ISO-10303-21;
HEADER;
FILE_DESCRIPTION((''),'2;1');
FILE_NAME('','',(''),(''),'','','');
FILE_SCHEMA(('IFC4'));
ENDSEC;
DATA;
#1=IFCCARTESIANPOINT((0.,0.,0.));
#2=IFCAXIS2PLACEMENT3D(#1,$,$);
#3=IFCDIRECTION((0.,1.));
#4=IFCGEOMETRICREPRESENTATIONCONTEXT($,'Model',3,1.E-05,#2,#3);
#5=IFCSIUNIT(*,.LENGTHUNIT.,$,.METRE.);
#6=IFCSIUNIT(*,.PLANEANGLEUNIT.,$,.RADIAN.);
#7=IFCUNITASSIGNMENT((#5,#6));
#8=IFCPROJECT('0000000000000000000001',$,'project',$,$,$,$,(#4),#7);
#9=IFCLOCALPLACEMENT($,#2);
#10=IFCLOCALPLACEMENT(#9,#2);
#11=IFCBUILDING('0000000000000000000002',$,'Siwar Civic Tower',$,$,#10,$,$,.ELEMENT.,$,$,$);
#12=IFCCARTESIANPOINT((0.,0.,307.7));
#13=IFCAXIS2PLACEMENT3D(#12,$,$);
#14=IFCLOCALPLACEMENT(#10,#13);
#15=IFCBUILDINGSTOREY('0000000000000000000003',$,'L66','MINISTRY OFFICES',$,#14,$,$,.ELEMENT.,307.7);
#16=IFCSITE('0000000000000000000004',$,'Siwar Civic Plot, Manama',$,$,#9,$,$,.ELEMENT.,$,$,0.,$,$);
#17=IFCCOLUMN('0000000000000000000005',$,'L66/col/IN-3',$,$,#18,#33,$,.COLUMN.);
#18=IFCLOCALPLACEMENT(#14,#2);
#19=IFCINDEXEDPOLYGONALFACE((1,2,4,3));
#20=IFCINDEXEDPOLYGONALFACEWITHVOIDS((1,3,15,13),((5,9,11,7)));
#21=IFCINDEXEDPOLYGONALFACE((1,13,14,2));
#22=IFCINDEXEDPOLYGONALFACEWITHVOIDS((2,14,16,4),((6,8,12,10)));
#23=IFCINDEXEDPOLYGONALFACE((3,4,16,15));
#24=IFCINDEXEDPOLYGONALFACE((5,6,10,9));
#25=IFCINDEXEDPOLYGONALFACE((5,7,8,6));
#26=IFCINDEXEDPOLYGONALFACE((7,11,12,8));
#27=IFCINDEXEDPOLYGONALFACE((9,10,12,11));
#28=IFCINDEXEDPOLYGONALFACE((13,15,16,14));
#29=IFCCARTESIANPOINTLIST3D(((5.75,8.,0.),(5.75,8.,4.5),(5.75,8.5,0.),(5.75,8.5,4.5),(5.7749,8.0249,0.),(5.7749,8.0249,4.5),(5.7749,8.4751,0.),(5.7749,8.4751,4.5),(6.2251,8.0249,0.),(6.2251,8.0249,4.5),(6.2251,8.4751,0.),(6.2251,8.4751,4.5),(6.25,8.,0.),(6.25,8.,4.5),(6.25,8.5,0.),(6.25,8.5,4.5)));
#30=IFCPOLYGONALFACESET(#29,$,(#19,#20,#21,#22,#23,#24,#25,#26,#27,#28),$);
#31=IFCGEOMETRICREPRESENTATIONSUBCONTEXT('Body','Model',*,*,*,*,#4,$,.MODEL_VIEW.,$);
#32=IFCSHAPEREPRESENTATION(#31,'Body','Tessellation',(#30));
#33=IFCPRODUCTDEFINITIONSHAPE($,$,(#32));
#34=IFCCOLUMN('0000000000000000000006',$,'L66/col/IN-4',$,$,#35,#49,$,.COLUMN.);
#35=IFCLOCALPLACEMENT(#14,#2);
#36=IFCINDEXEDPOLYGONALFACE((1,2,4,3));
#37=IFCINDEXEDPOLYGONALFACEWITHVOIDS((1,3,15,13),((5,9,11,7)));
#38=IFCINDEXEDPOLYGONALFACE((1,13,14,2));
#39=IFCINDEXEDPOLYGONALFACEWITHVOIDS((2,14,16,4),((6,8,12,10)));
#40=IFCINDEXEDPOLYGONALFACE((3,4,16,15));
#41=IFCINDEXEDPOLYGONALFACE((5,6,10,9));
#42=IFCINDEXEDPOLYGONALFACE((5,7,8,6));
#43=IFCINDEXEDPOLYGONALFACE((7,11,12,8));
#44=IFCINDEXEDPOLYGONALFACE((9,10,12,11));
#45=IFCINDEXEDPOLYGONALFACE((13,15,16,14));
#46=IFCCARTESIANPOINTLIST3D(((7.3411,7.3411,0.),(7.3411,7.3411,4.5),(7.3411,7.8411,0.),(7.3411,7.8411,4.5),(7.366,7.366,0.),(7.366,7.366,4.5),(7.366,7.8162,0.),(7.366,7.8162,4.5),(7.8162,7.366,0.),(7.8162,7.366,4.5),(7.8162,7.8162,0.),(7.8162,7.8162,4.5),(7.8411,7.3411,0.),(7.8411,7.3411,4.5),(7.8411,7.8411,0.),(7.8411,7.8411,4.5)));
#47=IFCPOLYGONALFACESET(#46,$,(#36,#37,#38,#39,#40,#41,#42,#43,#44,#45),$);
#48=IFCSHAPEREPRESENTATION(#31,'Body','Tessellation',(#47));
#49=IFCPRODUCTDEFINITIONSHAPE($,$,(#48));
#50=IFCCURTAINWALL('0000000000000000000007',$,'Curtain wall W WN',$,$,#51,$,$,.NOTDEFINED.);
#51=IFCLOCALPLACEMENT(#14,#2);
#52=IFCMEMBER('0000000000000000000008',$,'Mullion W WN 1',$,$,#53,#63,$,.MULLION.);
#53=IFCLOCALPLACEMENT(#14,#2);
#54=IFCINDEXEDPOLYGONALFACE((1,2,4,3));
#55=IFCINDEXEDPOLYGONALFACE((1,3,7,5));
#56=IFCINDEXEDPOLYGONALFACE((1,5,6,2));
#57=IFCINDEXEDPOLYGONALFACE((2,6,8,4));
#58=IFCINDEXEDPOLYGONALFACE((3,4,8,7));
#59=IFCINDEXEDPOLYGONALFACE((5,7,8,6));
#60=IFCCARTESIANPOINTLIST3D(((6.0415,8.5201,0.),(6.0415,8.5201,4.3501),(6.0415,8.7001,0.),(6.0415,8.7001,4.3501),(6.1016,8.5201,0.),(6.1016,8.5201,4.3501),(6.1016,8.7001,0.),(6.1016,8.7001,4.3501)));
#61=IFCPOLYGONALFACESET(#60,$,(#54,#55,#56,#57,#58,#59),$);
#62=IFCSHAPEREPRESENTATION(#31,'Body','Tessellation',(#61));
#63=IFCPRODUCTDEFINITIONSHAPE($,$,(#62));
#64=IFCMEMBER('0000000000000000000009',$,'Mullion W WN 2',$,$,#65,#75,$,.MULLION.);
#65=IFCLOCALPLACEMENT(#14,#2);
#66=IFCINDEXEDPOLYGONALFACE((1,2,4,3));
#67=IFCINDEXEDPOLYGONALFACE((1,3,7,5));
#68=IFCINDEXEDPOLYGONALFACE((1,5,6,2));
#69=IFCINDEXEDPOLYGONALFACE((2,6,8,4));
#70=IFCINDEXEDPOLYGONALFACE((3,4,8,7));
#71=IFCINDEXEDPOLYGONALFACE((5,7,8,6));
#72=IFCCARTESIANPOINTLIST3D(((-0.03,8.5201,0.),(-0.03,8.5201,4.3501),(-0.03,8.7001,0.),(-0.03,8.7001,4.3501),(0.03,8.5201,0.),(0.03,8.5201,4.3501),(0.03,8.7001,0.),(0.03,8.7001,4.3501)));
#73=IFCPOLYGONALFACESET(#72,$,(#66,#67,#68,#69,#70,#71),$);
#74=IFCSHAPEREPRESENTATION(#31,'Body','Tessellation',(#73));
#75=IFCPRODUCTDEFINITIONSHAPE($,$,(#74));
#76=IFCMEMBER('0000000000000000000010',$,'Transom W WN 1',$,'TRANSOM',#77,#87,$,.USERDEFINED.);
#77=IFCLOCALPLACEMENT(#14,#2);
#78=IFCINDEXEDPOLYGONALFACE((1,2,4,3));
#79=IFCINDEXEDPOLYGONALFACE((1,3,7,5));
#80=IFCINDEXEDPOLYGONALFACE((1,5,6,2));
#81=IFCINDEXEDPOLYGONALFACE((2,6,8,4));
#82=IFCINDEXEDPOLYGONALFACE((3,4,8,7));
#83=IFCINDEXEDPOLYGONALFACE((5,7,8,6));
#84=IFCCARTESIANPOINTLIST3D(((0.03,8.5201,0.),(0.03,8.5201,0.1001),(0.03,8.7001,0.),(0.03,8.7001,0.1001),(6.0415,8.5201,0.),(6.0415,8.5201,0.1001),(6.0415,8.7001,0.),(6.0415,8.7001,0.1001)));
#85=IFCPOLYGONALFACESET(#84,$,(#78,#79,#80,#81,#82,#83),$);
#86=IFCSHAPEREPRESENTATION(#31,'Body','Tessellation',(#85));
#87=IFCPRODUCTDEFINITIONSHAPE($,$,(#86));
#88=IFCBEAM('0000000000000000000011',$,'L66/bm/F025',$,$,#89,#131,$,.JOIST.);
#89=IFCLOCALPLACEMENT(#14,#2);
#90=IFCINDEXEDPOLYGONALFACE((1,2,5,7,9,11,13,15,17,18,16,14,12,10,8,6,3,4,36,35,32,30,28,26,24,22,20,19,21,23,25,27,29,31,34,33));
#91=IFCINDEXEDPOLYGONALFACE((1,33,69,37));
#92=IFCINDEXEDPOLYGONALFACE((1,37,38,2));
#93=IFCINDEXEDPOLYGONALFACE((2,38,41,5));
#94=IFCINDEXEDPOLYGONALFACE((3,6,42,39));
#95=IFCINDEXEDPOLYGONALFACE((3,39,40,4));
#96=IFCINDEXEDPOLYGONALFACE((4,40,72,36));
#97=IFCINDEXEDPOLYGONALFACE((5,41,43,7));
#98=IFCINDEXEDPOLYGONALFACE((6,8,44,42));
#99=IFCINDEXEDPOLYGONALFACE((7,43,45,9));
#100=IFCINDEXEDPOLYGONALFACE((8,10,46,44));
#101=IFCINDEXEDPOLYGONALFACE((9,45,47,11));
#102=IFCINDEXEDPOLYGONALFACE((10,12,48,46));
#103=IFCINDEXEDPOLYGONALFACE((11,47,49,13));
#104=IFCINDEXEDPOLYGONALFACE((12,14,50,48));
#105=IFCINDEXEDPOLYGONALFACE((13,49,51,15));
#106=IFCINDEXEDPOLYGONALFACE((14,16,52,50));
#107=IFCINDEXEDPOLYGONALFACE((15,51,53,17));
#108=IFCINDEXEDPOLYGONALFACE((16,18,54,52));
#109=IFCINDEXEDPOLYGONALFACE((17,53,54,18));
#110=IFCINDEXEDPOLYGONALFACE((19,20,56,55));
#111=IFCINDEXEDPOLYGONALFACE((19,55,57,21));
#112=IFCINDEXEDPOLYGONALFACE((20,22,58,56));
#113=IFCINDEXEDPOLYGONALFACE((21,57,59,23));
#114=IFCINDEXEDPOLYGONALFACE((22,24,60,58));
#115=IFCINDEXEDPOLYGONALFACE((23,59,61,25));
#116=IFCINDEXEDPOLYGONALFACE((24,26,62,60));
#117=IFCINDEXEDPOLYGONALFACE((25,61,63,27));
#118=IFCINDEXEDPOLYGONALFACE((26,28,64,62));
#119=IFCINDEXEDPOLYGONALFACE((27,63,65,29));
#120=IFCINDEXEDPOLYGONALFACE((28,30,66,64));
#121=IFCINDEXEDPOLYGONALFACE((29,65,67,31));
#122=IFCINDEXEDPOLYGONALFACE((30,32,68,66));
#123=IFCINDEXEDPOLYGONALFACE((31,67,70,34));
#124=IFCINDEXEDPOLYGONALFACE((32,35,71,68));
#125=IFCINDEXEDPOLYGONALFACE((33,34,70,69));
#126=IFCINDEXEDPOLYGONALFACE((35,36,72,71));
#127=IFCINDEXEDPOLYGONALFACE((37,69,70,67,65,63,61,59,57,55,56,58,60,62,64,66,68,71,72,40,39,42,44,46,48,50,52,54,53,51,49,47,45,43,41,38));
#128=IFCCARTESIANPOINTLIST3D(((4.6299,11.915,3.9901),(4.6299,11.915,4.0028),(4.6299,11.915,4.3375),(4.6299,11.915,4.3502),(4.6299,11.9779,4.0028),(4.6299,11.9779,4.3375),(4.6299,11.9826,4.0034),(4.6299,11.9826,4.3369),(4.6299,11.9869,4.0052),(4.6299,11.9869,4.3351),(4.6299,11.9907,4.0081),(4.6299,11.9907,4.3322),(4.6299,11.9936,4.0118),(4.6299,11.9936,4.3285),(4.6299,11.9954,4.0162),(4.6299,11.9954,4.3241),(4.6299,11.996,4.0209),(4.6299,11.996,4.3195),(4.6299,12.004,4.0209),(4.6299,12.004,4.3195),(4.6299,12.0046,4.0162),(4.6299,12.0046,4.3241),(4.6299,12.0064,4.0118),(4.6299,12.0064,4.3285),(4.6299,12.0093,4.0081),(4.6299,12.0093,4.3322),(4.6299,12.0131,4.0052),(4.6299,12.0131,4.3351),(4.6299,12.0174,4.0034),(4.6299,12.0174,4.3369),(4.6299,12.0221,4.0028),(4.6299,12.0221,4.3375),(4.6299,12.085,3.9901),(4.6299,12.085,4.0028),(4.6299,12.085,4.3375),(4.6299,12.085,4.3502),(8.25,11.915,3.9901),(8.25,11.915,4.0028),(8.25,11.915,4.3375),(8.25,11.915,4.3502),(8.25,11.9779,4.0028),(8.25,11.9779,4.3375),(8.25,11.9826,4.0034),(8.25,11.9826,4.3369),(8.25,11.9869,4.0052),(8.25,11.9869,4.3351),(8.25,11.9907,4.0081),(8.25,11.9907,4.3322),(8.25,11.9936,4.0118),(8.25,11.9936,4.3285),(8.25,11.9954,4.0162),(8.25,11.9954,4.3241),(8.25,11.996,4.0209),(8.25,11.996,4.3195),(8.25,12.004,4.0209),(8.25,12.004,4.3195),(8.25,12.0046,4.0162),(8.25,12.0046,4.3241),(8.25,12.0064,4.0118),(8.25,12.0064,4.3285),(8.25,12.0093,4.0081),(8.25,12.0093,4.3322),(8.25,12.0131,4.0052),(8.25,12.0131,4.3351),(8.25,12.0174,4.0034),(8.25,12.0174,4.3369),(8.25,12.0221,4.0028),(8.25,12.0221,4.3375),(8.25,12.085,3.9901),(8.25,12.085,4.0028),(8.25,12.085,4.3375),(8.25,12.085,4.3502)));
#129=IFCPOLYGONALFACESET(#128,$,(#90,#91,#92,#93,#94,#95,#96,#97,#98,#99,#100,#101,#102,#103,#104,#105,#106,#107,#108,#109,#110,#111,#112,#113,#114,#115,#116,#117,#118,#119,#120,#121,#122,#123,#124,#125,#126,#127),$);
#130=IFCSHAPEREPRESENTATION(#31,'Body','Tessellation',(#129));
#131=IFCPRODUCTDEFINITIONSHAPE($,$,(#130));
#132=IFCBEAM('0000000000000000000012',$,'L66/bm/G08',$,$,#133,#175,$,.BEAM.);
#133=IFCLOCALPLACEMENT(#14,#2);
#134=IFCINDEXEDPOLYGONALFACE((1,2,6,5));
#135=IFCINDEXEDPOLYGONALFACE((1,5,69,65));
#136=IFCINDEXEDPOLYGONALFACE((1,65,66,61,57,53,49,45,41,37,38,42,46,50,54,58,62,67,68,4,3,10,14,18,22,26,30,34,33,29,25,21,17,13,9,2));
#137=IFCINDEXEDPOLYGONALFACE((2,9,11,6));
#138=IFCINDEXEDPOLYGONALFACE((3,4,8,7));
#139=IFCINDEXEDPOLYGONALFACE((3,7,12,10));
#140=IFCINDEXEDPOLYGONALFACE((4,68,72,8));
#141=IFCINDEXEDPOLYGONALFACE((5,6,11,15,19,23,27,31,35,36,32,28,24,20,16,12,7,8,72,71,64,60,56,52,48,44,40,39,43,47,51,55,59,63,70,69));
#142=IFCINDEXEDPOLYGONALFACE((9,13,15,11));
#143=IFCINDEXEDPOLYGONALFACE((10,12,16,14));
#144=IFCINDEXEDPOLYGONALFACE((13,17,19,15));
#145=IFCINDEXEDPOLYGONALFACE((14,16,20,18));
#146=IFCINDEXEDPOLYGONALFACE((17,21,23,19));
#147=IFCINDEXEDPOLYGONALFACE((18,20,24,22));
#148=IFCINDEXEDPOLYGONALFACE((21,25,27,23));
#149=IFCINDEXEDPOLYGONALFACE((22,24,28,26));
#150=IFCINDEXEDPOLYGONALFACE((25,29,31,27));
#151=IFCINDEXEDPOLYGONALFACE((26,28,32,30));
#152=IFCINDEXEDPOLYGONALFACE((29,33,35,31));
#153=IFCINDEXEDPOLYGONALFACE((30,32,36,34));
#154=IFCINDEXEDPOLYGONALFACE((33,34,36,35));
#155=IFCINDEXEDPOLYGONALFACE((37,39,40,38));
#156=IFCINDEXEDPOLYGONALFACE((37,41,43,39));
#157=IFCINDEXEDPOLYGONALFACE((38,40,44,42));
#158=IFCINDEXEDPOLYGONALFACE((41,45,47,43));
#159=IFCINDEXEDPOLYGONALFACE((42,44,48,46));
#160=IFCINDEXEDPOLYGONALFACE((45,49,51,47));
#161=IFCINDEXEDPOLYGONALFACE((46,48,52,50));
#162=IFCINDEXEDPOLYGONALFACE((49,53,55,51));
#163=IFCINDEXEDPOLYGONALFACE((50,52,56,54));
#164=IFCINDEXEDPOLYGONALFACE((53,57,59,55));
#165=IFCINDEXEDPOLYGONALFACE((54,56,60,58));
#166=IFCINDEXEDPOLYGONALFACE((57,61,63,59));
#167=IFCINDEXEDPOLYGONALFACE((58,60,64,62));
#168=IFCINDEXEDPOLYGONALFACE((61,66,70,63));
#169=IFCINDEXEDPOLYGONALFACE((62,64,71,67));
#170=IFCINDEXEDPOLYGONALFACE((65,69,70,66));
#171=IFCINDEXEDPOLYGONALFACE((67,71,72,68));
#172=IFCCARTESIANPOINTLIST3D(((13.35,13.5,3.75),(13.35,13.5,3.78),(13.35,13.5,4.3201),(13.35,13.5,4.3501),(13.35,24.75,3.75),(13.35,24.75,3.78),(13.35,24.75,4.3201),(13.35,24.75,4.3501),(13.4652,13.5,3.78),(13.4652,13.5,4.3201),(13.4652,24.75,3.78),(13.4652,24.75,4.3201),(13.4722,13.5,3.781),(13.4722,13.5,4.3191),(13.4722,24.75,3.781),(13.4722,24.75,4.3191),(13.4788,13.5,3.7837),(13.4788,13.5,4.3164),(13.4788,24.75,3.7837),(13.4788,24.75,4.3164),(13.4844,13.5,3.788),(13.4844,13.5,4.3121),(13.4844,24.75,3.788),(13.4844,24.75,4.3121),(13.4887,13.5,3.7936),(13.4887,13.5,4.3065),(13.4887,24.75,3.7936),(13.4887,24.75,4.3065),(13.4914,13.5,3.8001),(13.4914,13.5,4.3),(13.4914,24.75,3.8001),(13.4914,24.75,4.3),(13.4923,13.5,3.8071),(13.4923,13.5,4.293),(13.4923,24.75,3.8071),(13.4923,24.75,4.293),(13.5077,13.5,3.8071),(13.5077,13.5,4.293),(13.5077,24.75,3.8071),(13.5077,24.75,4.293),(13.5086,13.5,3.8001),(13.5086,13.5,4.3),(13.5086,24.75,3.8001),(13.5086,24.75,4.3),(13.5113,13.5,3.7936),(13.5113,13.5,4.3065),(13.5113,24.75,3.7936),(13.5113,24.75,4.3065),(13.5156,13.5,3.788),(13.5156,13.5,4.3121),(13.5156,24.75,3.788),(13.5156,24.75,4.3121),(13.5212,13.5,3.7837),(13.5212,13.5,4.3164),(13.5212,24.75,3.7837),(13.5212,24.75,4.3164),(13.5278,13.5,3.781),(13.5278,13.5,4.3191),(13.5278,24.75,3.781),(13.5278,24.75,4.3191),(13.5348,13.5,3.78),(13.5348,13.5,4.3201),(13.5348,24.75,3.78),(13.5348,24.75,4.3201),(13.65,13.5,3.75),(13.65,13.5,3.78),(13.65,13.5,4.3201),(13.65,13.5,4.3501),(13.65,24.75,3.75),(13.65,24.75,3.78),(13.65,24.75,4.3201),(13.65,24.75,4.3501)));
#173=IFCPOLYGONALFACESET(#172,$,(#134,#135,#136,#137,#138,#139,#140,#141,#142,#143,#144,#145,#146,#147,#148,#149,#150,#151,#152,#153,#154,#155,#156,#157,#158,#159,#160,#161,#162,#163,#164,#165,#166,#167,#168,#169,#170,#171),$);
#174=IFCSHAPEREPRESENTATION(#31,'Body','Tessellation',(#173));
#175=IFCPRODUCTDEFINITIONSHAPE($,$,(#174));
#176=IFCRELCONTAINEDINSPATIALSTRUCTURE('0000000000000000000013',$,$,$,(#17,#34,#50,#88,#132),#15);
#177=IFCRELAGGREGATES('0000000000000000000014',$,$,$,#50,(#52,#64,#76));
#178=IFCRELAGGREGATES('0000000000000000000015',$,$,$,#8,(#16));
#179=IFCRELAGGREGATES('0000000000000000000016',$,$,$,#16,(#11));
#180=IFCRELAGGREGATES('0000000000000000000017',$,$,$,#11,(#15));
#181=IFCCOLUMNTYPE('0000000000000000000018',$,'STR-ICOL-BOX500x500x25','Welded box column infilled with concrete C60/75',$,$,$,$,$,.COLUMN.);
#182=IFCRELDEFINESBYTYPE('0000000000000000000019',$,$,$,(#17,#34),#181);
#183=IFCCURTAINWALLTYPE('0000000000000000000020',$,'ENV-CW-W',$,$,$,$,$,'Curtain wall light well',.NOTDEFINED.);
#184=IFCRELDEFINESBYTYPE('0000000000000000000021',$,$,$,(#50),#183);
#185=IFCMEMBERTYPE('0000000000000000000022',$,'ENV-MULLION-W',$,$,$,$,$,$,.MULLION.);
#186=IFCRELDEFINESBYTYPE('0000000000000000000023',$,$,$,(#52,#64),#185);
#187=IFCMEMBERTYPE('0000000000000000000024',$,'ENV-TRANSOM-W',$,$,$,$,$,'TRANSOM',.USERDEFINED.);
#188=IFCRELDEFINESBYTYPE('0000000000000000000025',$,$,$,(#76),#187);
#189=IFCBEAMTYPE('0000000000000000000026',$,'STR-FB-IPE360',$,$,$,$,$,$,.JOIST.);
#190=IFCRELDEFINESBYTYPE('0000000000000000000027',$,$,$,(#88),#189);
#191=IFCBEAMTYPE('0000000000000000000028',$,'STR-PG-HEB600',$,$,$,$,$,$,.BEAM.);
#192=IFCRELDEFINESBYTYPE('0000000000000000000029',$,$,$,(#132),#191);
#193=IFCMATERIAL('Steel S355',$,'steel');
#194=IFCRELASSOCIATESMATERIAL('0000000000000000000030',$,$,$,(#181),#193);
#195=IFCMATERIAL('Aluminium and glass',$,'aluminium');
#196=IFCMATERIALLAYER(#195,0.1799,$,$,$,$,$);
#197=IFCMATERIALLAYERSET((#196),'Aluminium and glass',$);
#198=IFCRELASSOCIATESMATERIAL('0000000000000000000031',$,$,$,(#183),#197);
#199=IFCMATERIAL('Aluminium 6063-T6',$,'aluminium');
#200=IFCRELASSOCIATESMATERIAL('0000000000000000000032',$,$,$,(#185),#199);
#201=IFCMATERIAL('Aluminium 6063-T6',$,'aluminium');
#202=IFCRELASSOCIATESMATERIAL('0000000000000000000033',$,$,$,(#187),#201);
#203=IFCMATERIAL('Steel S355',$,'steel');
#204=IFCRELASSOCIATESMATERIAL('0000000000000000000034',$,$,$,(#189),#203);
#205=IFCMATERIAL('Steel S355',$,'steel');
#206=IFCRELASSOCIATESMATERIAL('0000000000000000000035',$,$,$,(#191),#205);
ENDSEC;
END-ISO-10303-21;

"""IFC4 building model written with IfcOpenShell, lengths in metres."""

from ifc_helpers import new_model, si_unit, direction, frame, origin, origin_2d, place, context, subcontext, project, spatial, rectangle, hollow_rectangle, i_section, extrude, material, layer, layer_set, material_profile, profile_set, type_object, element, aggregate, save


model = new_model("IFC4")

# Units and contexts
model_context = context("Model", 3, precision=1e-05, world=origin(), true_north=direction((0.0, 1.0)))
body_context = subcontext(model_context, "Body", "Model", "MODEL_VIEW")
ifc_project = project(units=[si_unit("LENGTHUNIT", "METRE"), si_unit("PLANEANGLEUNIT", "RADIAN")], contexts=[model_context])

# Site, building, storey
site_placement = place(None, origin())
site = spatial("IfcSite", under=ifc_project, at=site_placement, Name="Siwar Civic Plot, Manama", CompositionType="ELEMENT", RefElevation=0.0)
building_placement = place(site_placement, origin())
building = spatial("IfcBuilding", under=site, at=building_placement, Name="Siwar Civic Tower", CompositionType="ELEMENT")
storey_placement = place(building_placement, frame((0.0, 0.0, 307.7)))
storey = spatial("IfcBuildingStorey", under=building, at=storey_placement, Name="L66", Description="MINISTRY OFFICES", CompositionType="ELEMENT", Elevation=307.7)

# Columns
ifc_material_1 = material(Name="Steel S355", Category="steel")
ifc_material_profile_1 = material_profile(ifc_material_1, hollow_rectangle(XDim=0.5, YDim=0.5, WallThickness=0.0249, at=origin_2d()), Name="BOX500x500x25")
ifc_profile_set_1 = profile_set([ifc_material_profile_1], Name="Steel S355")
column_type = type_object("IfcColumnType", Name="STR-ICOL-BOX500x500x25", Description="Welded box column infilled with concrete C60/75", PredefinedType="COLUMN", material=ifc_profile_set_1)
for number, where, z_axis, x_axis, name in (
    (1, (6.0, 8.25, 0.0), (0.0, 0.0, 1.0), (1.0, 0.0, 0.0), "L66/col/IN-3"),
    (2, (7.5911, 7.5911, 0.0), (0.0, 0.0, 1.0), (1.0, 0.0, 0.0), "L66/col/IN-4"),
):
    element("IfcColumn", number, at=place(storey_placement, frame(where, z_axis=z_axis, x_axis=x_axis)), inside=storey, type_object=column_type, Name=name, PredefinedType="COLUMN", context=body_context, shape_type="SweptSolid", body=[
        extrude(hollow_rectangle(XDim=0.5, YDim=0.5, WallThickness=0.0249, at=origin_2d()), origin(), (0.0, 0.0, 1.0), 4.5),
    ])

# Curtain wall, members
ifc_material_2 = material(Name="Aluminium and glass", Category="aluminium")
ifc_layer_1 = layer(ifc_material_2, 0.1799)
ifc_layer_set_1 = layer_set([ifc_layer_1], Name="Aluminium and glass")
curtain_wall_type = type_object("IfcCurtainWallType", Name="ENV-CW-W", ElementType="Curtain wall light well", PredefinedType="NOTDEFINED", material=ifc_layer_set_1)
curtain_wall_placement = place(storey_placement, origin())
curtain_wall = element("IfcCurtainWall", 3, at=curtain_wall_placement, inside=storey, type_object=curtain_wall_type, Name="Curtain wall W WN", PredefinedType="NOTDEFINED")
ifc_material_3 = material(Name="Aluminium 6063-T6", Category="aluminium")
ifc_material_profile_2 = material_profile(ifc_material_3, rectangle(XDim=0.1799, YDim=0.0601, at=origin_2d()), Name="AL 180x60")
ifc_profile_set_2 = profile_set([ifc_material_profile_2], Name="Aluminium 6063-T6")
member_type_1 = type_object("IfcMemberType", Name="ENV-MULLION-W", PredefinedType="MULLION", material=ifc_profile_set_2)
member_1_placement = place(storey_placement, frame((6.0715, 8.6101, 0.0), z_axis=(0.0, 0.0, 1.0), x_axis=(0.0, -1.0, 0.0)))
member_1 = element("IfcMember", 4, at=member_1_placement, type_object=member_type_1, Name="Mullion W WN 1", PredefinedType="MULLION", context=body_context, shape_type="SweptSolid", body=[
    extrude(rectangle(XDim=0.1799, YDim=0.0601, at=origin_2d()), origin(), (0.0, 0.0, 1.0), 4.3501),
])
member_2_placement = place(storey_placement, frame((0.0, 8.6101, 0.0), z_axis=(0.0, 0.0, 1.0), x_axis=(0.0, -1.0, 0.0)))
member_2 = element("IfcMember", 5, at=member_2_placement, type_object=member_type_1, Name="Mullion W WN 2", PredefinedType="MULLION", context=body_context, shape_type="SweptSolid", body=[
    extrude(rectangle(XDim=0.1799, YDim=0.0601, at=origin_2d()), origin(), (0.0, 0.0, 1.0), 4.3501),
])
ifc_material_4 = material(Name="Aluminium 6063-T6", Category="aluminium")
ifc_material_profile_3 = material_profile(ifc_material_4, rectangle(XDim=0.1799, YDim=0.1001, at=origin_2d()), Name="AL 180x100")
ifc_profile_set_3 = profile_set([ifc_material_profile_3], Name="Aluminium 6063-T6")
member_type_2 = type_object("IfcMemberType", Name="ENV-TRANSOM-W", ElementType="TRANSOM", PredefinedType="USERDEFINED", material=ifc_profile_set_3)
member_3_placement = place(storey_placement, frame((6.0415, 8.6101, 0.05), z_axis=(-1.0, 0.0, 0.0), x_axis=(0.0, -1.0, 0.0)))
member_3 = element("IfcMember", 6, at=member_3_placement, type_object=member_type_2, Name="Transom W WN 1", ObjectType="TRANSOM", PredefinedType="USERDEFINED", context=body_context, shape_type="SweptSolid", body=[
    extrude(rectangle(XDim=0.1799, YDim=0.1001, at=origin_2d()), origin(), (0.0, 0.0, 1.0), 6.0115),
])

# Beams
ifc_material_5 = material(Name="Steel S355", Category="steel")
ifc_material_profile_4 = material_profile(ifc_material_5, i_section(OverallWidth=0.1699, OverallDepth=0.3601, WebThickness=0.0081, FlangeThickness=0.0127, FilletRadius=0.0181, at=origin_2d()), Name="IPE360")
ifc_profile_set_4 = profile_set([ifc_material_profile_4], Name="Steel S355")
beam_type_1 = type_object("IfcBeamType", Name="STR-FB-IPE360", PredefinedType="JOIST", material=ifc_profile_set_4)
beam_1_placement = place(storey_placement, frame((4.6299, 12.0, 4.1702), z_axis=(1.0, 0.0, 0.0), x_axis=(0.0, 1.0, 0.0)))
element("IfcBeam", 7, at=beam_1_placement, inside=storey, type_object=beam_type_1, Name="L66/bm/F025", PredefinedType="JOIST", context=body_context, shape_type="SweptSolid", body=[
    extrude(i_section(OverallWidth=0.1699, OverallDepth=0.3601, WebThickness=0.0081, FlangeThickness=0.0127, FilletRadius=0.0181, at=origin_2d()), origin(), (0.0, 0.0, 1.0), 3.6201),
])
ifc_material_6 = material(Name="Steel S355", Category="steel")
ifc_material_profile_5 = material_profile(ifc_material_6, i_section(OverallWidth=0.3, OverallDepth=0.6001, WebThickness=0.0154, FlangeThickness=0.03, FilletRadius=0.0271, at=origin_2d()), Name="HEB600")
ifc_profile_set_5 = profile_set([ifc_material_profile_5], Name="Steel S355")
beam_type_2 = type_object("IfcBeamType", Name="STR-PG-HEB600", PredefinedType="BEAM", material=ifc_profile_set_5)
beam_2_placement = place(storey_placement, frame((13.5, 13.5, 4.05), z_axis=(0.0, 1.0, 0.0), x_axis=(-1.0, 0.0, 0.0)))
element("IfcBeam", 8, at=beam_2_placement, inside=storey, type_object=beam_type_2, Name="L66/bm/G08", PredefinedType="BEAM", context=body_context, shape_type="SweptSolid", body=[
    extrude(i_section(OverallWidth=0.3, OverallDepth=0.6001, WebThickness=0.0154, FlangeThickness=0.03, FilletRadius=0.0271, at=origin_2d()), origin(), (0.0, 0.0, 1.0), 11.25),
])

aggregate(curtain_wall, [member_1, member_2, member_3])

save(model, "model.ifc")
